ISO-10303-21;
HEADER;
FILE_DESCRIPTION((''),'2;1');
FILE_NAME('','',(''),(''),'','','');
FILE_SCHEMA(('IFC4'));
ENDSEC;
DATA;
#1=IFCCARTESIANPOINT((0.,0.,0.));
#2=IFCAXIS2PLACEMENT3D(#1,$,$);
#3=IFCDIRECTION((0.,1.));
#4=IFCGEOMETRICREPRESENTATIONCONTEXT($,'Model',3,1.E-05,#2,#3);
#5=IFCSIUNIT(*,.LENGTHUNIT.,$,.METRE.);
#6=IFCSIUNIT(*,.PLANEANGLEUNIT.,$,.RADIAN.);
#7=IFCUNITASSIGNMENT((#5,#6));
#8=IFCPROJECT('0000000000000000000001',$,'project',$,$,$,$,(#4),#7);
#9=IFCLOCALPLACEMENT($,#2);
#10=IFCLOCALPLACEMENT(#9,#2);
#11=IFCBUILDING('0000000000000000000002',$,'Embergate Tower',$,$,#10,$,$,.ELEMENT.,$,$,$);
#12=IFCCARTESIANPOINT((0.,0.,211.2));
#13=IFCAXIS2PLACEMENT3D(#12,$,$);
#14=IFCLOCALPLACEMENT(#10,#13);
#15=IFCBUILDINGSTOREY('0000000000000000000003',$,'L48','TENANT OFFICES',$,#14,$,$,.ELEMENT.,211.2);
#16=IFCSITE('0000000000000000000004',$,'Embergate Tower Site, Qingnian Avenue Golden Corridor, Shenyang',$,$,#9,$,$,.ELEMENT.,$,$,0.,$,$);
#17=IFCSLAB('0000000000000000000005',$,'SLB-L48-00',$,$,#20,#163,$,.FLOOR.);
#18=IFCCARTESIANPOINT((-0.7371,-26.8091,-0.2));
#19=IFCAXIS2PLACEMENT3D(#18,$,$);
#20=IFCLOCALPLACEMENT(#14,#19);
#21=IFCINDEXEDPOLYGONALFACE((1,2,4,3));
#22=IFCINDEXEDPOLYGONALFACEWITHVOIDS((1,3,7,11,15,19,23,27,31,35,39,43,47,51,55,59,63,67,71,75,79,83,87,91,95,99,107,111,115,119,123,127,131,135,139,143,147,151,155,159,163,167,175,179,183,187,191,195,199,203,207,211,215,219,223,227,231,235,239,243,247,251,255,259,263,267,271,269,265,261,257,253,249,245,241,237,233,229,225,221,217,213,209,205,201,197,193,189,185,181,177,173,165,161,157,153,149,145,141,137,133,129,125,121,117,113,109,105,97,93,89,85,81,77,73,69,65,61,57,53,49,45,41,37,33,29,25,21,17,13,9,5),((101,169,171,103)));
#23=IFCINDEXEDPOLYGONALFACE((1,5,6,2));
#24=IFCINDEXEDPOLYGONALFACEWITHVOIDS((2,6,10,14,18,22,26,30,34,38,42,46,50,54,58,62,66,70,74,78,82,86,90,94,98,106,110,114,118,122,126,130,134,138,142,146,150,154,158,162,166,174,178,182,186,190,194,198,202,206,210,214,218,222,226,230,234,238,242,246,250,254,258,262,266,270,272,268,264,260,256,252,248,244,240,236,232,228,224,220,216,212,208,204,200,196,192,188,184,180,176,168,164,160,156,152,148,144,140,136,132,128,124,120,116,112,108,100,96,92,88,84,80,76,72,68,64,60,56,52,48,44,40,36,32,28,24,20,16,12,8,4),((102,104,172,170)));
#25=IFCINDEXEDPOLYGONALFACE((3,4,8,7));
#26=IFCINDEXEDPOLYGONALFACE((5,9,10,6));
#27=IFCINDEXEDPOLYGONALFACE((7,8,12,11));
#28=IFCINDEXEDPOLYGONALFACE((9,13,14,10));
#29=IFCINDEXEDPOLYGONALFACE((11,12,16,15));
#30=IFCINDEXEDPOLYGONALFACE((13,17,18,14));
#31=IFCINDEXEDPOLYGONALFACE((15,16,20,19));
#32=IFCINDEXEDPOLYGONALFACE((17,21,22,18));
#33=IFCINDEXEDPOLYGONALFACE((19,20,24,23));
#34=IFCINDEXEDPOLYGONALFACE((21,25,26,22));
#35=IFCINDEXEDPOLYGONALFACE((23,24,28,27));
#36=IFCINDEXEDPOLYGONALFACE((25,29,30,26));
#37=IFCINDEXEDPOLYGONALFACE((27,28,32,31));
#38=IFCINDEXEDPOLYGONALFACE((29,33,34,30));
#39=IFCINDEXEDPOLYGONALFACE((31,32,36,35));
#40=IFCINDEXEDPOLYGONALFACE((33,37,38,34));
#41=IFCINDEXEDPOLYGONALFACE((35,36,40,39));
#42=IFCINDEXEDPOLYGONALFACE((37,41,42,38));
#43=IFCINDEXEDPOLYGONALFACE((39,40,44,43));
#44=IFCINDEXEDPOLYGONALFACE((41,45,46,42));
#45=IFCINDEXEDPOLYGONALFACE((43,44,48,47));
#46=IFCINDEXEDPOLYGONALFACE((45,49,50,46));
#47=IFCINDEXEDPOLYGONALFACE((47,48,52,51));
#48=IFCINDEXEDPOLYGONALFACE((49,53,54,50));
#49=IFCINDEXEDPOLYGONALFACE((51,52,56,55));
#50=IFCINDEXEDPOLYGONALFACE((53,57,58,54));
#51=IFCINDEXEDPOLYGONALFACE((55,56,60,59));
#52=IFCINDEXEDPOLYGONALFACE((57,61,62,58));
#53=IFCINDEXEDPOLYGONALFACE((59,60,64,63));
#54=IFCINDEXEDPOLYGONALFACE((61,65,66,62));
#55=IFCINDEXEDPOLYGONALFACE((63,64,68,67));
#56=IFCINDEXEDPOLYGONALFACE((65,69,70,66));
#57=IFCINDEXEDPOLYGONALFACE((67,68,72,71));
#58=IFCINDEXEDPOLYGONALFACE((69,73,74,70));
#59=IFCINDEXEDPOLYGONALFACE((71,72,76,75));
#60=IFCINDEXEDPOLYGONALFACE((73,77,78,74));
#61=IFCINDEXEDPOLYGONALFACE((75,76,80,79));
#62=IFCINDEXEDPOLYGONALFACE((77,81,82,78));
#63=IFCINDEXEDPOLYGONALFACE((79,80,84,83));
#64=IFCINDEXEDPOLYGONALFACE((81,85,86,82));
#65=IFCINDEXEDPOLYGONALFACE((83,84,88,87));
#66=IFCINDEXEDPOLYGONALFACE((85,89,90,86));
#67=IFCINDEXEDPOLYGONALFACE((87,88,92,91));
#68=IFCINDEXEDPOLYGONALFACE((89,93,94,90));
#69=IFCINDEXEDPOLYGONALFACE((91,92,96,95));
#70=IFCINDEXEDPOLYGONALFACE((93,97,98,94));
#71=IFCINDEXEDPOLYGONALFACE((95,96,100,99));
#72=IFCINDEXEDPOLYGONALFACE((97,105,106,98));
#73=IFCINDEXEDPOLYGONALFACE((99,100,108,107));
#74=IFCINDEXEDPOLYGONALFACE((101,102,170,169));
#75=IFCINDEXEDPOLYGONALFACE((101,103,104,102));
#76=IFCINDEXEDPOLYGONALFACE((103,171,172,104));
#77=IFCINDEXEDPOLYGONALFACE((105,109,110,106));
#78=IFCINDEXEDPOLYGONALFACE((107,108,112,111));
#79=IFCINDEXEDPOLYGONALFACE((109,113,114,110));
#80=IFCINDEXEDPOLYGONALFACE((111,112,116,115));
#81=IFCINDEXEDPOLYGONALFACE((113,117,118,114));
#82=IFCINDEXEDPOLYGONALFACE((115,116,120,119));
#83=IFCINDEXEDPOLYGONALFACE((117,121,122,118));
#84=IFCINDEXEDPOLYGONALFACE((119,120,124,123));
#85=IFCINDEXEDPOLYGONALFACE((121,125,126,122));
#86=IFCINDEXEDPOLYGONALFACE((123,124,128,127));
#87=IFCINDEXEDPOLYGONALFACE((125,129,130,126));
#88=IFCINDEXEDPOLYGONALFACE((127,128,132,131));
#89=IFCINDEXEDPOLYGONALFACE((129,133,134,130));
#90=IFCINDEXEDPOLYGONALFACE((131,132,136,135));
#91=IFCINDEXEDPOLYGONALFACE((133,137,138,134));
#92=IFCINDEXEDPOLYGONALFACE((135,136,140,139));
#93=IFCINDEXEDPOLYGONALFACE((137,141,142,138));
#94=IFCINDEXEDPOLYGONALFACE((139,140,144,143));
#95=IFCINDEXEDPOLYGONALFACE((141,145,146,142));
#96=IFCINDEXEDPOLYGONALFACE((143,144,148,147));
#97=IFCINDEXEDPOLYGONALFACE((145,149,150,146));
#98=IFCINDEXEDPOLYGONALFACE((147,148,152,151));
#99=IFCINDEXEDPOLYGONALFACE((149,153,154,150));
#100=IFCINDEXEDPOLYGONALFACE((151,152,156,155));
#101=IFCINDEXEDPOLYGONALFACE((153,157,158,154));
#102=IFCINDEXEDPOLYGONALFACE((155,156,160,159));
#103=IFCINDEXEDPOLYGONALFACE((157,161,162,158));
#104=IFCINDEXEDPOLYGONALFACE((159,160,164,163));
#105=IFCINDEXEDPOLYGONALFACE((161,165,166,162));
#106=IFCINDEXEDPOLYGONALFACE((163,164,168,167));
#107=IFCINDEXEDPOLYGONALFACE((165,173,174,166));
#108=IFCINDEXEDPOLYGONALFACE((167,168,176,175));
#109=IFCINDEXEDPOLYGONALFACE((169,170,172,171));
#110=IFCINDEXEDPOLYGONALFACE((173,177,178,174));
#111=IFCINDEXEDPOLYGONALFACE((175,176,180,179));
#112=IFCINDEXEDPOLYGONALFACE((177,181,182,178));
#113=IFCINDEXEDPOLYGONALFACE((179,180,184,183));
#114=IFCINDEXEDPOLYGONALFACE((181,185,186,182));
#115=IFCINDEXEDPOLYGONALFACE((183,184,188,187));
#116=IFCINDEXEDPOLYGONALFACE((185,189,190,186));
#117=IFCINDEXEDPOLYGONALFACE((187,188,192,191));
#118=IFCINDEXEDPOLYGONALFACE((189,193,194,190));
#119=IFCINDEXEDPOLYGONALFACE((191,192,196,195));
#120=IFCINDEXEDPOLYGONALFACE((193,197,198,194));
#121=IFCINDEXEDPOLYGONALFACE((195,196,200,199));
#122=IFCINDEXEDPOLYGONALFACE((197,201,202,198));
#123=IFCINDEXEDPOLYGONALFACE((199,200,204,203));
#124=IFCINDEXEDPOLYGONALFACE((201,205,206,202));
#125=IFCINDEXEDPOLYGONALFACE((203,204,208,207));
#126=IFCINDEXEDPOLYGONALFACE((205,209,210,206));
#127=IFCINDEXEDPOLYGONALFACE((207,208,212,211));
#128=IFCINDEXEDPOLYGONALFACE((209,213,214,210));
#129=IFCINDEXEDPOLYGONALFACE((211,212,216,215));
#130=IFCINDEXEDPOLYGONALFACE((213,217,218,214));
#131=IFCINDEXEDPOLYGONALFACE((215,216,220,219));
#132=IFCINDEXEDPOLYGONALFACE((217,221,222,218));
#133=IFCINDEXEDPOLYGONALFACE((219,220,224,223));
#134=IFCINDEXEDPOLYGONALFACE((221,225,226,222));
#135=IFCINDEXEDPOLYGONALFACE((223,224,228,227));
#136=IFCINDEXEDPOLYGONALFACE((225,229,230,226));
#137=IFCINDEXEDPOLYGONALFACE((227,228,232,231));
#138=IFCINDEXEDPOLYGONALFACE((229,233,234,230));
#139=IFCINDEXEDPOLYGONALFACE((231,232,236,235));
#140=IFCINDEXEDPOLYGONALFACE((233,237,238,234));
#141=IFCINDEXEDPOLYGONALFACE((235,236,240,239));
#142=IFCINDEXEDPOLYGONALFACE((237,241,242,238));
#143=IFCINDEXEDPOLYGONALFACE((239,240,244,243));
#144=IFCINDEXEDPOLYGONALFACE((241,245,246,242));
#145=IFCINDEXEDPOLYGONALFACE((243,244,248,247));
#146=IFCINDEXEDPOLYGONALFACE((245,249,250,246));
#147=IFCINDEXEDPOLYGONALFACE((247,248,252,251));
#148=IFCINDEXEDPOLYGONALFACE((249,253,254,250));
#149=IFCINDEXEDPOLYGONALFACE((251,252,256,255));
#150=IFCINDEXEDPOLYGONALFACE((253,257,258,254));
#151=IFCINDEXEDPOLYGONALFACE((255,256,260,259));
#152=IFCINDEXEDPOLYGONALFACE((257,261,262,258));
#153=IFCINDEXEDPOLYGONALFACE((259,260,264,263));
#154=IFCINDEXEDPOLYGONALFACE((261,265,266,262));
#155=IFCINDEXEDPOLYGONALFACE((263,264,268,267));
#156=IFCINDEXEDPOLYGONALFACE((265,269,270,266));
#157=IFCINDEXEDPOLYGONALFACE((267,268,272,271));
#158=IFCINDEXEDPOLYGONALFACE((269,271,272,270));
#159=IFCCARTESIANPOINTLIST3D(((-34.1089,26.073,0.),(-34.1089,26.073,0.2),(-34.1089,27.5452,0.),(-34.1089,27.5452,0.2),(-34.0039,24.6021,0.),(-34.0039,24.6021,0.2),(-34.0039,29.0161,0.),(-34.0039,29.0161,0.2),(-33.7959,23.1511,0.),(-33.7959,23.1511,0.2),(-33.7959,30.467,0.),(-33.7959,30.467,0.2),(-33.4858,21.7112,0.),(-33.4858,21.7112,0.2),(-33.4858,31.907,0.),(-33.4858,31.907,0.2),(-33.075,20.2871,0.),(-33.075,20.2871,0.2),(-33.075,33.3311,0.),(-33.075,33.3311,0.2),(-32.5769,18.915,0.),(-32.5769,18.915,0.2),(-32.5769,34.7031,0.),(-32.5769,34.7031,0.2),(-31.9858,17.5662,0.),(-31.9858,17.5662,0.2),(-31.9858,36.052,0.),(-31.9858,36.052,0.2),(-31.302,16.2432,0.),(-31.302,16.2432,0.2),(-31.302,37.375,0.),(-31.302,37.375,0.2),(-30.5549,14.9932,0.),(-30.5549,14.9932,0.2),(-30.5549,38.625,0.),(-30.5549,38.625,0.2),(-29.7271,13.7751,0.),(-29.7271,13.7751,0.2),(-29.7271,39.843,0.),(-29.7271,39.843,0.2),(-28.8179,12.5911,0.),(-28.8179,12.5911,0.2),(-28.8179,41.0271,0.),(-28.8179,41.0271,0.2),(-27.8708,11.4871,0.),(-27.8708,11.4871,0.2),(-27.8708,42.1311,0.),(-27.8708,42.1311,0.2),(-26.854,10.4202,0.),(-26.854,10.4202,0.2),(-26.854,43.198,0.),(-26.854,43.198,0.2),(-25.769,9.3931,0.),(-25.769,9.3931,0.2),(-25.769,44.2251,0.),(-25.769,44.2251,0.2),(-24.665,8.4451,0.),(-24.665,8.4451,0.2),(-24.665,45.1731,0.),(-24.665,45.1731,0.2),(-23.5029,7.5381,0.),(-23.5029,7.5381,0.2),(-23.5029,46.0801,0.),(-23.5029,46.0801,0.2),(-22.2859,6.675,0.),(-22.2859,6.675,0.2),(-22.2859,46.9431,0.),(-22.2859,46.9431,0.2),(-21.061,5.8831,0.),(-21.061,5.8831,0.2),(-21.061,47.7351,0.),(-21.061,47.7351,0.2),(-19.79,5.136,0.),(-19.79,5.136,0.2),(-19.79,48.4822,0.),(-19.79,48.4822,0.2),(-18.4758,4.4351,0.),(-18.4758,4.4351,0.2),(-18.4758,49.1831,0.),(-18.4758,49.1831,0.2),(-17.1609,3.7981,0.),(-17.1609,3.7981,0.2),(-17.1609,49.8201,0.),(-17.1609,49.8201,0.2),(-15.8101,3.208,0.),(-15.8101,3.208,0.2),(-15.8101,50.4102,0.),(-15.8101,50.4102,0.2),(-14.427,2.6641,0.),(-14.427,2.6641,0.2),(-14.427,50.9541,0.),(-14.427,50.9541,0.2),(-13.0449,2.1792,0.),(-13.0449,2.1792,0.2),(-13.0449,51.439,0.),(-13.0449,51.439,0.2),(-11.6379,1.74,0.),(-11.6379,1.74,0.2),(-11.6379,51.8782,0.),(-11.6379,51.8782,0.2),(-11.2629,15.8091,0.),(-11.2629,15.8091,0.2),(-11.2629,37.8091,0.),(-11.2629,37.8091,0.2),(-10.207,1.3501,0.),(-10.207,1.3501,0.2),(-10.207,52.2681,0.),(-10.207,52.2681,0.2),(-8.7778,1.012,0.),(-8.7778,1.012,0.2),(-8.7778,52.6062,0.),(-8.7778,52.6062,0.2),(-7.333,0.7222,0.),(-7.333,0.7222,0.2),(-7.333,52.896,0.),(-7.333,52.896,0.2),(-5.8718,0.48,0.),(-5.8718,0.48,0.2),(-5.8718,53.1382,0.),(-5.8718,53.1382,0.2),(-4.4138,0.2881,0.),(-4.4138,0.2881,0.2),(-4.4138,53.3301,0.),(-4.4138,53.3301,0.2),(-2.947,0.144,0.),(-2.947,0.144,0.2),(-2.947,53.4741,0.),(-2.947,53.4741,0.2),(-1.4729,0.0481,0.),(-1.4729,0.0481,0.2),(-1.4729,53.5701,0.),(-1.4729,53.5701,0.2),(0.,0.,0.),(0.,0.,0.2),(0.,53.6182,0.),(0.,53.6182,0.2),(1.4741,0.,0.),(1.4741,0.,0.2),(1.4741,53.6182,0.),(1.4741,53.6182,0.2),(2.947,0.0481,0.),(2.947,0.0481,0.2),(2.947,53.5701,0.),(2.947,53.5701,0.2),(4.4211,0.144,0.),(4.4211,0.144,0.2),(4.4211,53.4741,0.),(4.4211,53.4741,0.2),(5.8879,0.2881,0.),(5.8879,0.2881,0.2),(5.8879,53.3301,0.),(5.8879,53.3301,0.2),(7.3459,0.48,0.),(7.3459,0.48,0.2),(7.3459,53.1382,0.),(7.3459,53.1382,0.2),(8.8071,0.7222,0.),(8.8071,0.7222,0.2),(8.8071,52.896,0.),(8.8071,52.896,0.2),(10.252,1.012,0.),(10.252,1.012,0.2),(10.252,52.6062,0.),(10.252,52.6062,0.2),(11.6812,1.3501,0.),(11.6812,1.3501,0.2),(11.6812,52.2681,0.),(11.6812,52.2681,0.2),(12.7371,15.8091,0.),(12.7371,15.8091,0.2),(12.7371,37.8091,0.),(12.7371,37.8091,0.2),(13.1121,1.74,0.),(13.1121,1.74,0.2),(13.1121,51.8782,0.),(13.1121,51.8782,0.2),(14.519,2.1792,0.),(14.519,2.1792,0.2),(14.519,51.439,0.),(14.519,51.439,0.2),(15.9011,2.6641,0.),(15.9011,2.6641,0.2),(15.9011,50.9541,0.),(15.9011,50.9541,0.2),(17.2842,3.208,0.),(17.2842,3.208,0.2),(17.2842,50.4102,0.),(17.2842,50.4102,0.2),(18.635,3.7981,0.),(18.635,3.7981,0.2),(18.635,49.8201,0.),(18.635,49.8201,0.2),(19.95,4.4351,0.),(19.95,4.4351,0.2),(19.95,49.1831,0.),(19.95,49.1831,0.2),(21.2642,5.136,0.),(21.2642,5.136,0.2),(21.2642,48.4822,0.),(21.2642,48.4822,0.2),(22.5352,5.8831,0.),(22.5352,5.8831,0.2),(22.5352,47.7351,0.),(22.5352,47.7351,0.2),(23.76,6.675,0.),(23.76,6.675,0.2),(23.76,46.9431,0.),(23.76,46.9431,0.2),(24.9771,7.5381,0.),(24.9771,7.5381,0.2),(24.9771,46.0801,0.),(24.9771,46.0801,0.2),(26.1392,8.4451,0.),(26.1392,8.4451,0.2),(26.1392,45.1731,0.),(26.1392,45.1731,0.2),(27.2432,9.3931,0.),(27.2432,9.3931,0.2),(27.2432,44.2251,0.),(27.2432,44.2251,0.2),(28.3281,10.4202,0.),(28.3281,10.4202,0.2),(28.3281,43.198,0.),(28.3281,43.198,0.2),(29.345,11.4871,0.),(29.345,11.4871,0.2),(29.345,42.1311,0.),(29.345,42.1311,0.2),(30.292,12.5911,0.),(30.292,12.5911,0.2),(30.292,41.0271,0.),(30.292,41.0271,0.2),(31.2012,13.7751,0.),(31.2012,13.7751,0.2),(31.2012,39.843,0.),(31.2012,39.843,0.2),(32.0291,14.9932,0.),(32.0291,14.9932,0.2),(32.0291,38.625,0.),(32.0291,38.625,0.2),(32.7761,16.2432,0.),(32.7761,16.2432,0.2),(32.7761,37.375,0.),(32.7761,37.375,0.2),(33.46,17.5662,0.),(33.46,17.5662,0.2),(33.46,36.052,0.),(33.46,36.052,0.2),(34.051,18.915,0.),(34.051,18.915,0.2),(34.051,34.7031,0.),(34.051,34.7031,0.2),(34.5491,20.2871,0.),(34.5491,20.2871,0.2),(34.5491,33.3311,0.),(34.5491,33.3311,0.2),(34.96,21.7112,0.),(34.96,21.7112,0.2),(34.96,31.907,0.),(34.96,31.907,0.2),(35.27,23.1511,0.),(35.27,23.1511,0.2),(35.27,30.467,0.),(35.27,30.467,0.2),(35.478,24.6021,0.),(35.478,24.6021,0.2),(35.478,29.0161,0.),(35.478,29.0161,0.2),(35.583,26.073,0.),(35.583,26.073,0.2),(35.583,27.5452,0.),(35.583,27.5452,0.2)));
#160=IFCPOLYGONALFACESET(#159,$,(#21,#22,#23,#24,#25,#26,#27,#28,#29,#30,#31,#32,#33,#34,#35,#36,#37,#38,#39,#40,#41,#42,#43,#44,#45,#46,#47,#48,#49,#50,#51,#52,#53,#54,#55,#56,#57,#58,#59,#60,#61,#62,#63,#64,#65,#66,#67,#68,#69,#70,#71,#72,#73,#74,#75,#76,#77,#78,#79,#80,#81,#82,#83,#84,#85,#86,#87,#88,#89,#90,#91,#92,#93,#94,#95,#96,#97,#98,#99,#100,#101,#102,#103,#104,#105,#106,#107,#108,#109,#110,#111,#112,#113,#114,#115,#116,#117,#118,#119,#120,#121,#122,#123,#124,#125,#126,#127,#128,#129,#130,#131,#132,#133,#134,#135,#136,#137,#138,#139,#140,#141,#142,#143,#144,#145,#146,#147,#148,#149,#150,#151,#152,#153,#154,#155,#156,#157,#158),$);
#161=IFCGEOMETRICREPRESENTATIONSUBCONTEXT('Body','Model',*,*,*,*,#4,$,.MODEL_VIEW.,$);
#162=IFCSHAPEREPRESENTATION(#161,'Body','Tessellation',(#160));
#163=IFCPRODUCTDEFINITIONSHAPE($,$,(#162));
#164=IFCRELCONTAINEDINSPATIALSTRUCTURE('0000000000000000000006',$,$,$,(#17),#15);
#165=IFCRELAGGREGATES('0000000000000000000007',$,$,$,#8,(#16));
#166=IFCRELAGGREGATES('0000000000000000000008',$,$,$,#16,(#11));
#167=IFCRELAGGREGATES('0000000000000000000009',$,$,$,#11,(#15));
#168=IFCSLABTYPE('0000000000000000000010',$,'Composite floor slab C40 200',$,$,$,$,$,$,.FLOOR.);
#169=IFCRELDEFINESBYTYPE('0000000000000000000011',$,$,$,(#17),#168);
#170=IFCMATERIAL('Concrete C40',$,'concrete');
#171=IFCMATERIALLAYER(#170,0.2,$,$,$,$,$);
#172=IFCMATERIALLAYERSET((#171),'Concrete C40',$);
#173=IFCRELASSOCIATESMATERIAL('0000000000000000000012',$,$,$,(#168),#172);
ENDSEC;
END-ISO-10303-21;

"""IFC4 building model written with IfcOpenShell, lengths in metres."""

from ifc_helpers import new_model, si_unit, direction, frame, origin, place, context, subcontext, project, spatial, polyline, outline, extrude, source, transform, mapped, material, layer, layer_set, type_object, element, save


model = new_model("IFC4")

# Units and contexts
model_context = context("Model", 3, precision=1e-05, world=origin(), true_north=direction((0.0, 1.0)))
body_context = subcontext(model_context, "Body", "Model", "MODEL_VIEW")
ifc_project = project(units=[si_unit("LENGTHUNIT", "METRE"), si_unit("PLANEANGLEUNIT", "RADIAN")], contexts=[model_context])

# Site, building, storey
site_placement = place(None, origin())
site = spatial("IfcSite", under=ifc_project, at=site_placement, Name="Embergate Tower Site, Qingnian Avenue Golden Corridor, Shenyang", CompositionType="ELEMENT", RefElevation=0.0)
building_placement = place(site_placement, origin())
building = spatial("IfcBuilding", under=site, at=building_placement, Name="Embergate Tower", CompositionType="ELEMENT")
storey_placement = place(building_placement, frame((0.0, 0.0, 211.2)))
storey = spatial("IfcBuildingStorey", under=building, at=storey_placement, Name="L48", Description="TENANT OFFICES", CompositionType="ELEMENT", Elevation=211.2)

# Slab
ifc_material_1 = material(Name="Concrete C40", Category="concrete")
ifc_layer_1 = layer(ifc_material_1, 0.2)
ifc_layer_set_1 = layer_set([ifc_layer_1], Name="Concrete C40")
slab_type = type_object("IfcSlabType", Name="Composite floor slab C40 200", PredefinedType="FLOOR", material=ifc_layer_set_1)
shared_shape_1 = source(origin(), body_context, "Body", "SweptSolid", [
    extrude(outline(polyline([(0.0, 0.0), (1.4741, 0.0), (2.947, 0.0481), (4.4211, 0.144), (5.8879, 0.2881), (7.3459, 0.48), (8.8071, 0.7222), (10.252, 1.012), (11.6812, 1.3501), (13.1121, 1.74), (14.519, 2.1792), (15.9011, 2.6641), (17.2842, 3.208), (18.635, 3.7981), (19.95, 4.4351), (21.2642, 5.136), (22.5352, 5.8831), (23.76, 6.675), (24.9771, 7.5381), (26.1392, 8.4451), (27.2432, 9.3931), (28.3281, 10.4202), (29.345, 11.4871), (30.292, 12.5911), (31.2012, 13.7751), (32.0291, 14.9932), (32.7761, 16.2432), (33.46, 17.5662), (34.051, 18.915), (34.5491, 20.2871), (34.96, 21.7112), (35.27, 23.1511), (35.478, 24.6021), (35.583, 26.073), (35.583, 27.5452), (35.478, 29.0161), (35.27, 30.467), (34.96, 31.907), (34.5491, 33.3311), (34.051, 34.7031), (33.46, 36.052), (32.7761, 37.375), (32.0291, 38.625), (31.2012, 39.843), (30.292, 41.0271), (29.345, 42.1311), (28.3281, 43.198), (27.2432, 44.2251), (26.1392, 45.1731), (24.9771, 46.0801), (23.76, 46.9431), (22.5352, 47.7351), (21.2642, 48.4822), (19.95, 49.1831), (18.635, 49.8201), (17.2842, 50.4102), (15.9011, 50.9541), (14.519, 51.439), (13.1121, 51.8782), (11.6812, 52.2681), (10.252, 52.6062), (8.8071, 52.896), (7.3459, 53.1382), (5.8879, 53.3301), (4.4211, 53.4741), (2.947, 53.5701), (1.4741, 53.6182), (0.0, 53.6182), (-1.4729, 53.5701), (-2.947, 53.4741), (-4.4138, 53.3301), (-5.8718, 53.1382), (-7.333, 52.896), (-8.7778, 52.6062), (-10.207, 52.2681), (-11.6379, 51.8782), (-13.0449, 51.439), (-14.427, 50.9541), (-15.8101, 50.4102), (-17.1609, 49.8201), (-18.4758, 49.1831), (-19.79, 48.4822), (-21.061, 47.7351), (-22.2859, 46.9431), (-23.5029, 46.0801), (-24.665, 45.1731), (-25.769, 44.2251), (-26.854, 43.198), (-27.8708, 42.1311), (-28.8179, 41.0271), (-29.7271, 39.843), (-30.5549, 38.625), (-31.302, 37.375), (-31.9858, 36.052), (-32.5769, 34.7031), (-33.075, 33.3311), (-33.4858, 31.907), (-33.7959, 30.467), (-34.0039, 29.0161), (-34.1089, 27.5452), (-34.1089, 26.073), (-34.0039, 24.6021), (-33.7959, 23.1511), (-33.4858, 21.7112), (-33.075, 20.2871), (-32.5769, 18.915), (-31.9858, 17.5662), (-31.302, 16.2432), (-30.5549, 14.9932), (-29.7271, 13.7751), (-28.8179, 12.5911), (-27.8708, 11.4871), (-26.854, 10.4202), (-25.769, 9.3931), (-24.665, 8.4451), (-23.5029, 7.5381), (-22.2859, 6.675), (-21.061, 5.8831), (-19.79, 5.136), (-18.4758, 4.4351), (-17.1609, 3.7981), (-15.8101, 3.208), (-14.427, 2.6641), (-13.0449, 2.1792), (-11.6379, 1.74), (-10.207, 1.3501), (-8.7778, 1.012), (-7.333, 0.7222), (-5.8718, 0.48), (-4.4138, 0.2881), (-2.947, 0.144), (-1.4729, 0.0481), (0.0, 0.0)]), holes=[polyline([(-11.2629, 15.8091), (-11.2629, 37.8091), (12.7371, 37.8091), (12.7371, 15.8091), (-11.2629, 15.8091)])]), origin(), (0.0, 0.0, 1.0), 0.2),
])
slab_placement = place(storey_placement, frame((-0.7371, -26.8091, -0.2)))
element("IfcSlab", 1, at=slab_placement, inside=storey, type_object=slab_type, Name="SLB-L48-00", PredefinedType="FLOOR", context=body_context, shape_type="MappedRepresentation", body=[
    mapped(shared_shape_1, transform((0.0, 0.0, 0.0))),
])

save(model, "model.ifc")
